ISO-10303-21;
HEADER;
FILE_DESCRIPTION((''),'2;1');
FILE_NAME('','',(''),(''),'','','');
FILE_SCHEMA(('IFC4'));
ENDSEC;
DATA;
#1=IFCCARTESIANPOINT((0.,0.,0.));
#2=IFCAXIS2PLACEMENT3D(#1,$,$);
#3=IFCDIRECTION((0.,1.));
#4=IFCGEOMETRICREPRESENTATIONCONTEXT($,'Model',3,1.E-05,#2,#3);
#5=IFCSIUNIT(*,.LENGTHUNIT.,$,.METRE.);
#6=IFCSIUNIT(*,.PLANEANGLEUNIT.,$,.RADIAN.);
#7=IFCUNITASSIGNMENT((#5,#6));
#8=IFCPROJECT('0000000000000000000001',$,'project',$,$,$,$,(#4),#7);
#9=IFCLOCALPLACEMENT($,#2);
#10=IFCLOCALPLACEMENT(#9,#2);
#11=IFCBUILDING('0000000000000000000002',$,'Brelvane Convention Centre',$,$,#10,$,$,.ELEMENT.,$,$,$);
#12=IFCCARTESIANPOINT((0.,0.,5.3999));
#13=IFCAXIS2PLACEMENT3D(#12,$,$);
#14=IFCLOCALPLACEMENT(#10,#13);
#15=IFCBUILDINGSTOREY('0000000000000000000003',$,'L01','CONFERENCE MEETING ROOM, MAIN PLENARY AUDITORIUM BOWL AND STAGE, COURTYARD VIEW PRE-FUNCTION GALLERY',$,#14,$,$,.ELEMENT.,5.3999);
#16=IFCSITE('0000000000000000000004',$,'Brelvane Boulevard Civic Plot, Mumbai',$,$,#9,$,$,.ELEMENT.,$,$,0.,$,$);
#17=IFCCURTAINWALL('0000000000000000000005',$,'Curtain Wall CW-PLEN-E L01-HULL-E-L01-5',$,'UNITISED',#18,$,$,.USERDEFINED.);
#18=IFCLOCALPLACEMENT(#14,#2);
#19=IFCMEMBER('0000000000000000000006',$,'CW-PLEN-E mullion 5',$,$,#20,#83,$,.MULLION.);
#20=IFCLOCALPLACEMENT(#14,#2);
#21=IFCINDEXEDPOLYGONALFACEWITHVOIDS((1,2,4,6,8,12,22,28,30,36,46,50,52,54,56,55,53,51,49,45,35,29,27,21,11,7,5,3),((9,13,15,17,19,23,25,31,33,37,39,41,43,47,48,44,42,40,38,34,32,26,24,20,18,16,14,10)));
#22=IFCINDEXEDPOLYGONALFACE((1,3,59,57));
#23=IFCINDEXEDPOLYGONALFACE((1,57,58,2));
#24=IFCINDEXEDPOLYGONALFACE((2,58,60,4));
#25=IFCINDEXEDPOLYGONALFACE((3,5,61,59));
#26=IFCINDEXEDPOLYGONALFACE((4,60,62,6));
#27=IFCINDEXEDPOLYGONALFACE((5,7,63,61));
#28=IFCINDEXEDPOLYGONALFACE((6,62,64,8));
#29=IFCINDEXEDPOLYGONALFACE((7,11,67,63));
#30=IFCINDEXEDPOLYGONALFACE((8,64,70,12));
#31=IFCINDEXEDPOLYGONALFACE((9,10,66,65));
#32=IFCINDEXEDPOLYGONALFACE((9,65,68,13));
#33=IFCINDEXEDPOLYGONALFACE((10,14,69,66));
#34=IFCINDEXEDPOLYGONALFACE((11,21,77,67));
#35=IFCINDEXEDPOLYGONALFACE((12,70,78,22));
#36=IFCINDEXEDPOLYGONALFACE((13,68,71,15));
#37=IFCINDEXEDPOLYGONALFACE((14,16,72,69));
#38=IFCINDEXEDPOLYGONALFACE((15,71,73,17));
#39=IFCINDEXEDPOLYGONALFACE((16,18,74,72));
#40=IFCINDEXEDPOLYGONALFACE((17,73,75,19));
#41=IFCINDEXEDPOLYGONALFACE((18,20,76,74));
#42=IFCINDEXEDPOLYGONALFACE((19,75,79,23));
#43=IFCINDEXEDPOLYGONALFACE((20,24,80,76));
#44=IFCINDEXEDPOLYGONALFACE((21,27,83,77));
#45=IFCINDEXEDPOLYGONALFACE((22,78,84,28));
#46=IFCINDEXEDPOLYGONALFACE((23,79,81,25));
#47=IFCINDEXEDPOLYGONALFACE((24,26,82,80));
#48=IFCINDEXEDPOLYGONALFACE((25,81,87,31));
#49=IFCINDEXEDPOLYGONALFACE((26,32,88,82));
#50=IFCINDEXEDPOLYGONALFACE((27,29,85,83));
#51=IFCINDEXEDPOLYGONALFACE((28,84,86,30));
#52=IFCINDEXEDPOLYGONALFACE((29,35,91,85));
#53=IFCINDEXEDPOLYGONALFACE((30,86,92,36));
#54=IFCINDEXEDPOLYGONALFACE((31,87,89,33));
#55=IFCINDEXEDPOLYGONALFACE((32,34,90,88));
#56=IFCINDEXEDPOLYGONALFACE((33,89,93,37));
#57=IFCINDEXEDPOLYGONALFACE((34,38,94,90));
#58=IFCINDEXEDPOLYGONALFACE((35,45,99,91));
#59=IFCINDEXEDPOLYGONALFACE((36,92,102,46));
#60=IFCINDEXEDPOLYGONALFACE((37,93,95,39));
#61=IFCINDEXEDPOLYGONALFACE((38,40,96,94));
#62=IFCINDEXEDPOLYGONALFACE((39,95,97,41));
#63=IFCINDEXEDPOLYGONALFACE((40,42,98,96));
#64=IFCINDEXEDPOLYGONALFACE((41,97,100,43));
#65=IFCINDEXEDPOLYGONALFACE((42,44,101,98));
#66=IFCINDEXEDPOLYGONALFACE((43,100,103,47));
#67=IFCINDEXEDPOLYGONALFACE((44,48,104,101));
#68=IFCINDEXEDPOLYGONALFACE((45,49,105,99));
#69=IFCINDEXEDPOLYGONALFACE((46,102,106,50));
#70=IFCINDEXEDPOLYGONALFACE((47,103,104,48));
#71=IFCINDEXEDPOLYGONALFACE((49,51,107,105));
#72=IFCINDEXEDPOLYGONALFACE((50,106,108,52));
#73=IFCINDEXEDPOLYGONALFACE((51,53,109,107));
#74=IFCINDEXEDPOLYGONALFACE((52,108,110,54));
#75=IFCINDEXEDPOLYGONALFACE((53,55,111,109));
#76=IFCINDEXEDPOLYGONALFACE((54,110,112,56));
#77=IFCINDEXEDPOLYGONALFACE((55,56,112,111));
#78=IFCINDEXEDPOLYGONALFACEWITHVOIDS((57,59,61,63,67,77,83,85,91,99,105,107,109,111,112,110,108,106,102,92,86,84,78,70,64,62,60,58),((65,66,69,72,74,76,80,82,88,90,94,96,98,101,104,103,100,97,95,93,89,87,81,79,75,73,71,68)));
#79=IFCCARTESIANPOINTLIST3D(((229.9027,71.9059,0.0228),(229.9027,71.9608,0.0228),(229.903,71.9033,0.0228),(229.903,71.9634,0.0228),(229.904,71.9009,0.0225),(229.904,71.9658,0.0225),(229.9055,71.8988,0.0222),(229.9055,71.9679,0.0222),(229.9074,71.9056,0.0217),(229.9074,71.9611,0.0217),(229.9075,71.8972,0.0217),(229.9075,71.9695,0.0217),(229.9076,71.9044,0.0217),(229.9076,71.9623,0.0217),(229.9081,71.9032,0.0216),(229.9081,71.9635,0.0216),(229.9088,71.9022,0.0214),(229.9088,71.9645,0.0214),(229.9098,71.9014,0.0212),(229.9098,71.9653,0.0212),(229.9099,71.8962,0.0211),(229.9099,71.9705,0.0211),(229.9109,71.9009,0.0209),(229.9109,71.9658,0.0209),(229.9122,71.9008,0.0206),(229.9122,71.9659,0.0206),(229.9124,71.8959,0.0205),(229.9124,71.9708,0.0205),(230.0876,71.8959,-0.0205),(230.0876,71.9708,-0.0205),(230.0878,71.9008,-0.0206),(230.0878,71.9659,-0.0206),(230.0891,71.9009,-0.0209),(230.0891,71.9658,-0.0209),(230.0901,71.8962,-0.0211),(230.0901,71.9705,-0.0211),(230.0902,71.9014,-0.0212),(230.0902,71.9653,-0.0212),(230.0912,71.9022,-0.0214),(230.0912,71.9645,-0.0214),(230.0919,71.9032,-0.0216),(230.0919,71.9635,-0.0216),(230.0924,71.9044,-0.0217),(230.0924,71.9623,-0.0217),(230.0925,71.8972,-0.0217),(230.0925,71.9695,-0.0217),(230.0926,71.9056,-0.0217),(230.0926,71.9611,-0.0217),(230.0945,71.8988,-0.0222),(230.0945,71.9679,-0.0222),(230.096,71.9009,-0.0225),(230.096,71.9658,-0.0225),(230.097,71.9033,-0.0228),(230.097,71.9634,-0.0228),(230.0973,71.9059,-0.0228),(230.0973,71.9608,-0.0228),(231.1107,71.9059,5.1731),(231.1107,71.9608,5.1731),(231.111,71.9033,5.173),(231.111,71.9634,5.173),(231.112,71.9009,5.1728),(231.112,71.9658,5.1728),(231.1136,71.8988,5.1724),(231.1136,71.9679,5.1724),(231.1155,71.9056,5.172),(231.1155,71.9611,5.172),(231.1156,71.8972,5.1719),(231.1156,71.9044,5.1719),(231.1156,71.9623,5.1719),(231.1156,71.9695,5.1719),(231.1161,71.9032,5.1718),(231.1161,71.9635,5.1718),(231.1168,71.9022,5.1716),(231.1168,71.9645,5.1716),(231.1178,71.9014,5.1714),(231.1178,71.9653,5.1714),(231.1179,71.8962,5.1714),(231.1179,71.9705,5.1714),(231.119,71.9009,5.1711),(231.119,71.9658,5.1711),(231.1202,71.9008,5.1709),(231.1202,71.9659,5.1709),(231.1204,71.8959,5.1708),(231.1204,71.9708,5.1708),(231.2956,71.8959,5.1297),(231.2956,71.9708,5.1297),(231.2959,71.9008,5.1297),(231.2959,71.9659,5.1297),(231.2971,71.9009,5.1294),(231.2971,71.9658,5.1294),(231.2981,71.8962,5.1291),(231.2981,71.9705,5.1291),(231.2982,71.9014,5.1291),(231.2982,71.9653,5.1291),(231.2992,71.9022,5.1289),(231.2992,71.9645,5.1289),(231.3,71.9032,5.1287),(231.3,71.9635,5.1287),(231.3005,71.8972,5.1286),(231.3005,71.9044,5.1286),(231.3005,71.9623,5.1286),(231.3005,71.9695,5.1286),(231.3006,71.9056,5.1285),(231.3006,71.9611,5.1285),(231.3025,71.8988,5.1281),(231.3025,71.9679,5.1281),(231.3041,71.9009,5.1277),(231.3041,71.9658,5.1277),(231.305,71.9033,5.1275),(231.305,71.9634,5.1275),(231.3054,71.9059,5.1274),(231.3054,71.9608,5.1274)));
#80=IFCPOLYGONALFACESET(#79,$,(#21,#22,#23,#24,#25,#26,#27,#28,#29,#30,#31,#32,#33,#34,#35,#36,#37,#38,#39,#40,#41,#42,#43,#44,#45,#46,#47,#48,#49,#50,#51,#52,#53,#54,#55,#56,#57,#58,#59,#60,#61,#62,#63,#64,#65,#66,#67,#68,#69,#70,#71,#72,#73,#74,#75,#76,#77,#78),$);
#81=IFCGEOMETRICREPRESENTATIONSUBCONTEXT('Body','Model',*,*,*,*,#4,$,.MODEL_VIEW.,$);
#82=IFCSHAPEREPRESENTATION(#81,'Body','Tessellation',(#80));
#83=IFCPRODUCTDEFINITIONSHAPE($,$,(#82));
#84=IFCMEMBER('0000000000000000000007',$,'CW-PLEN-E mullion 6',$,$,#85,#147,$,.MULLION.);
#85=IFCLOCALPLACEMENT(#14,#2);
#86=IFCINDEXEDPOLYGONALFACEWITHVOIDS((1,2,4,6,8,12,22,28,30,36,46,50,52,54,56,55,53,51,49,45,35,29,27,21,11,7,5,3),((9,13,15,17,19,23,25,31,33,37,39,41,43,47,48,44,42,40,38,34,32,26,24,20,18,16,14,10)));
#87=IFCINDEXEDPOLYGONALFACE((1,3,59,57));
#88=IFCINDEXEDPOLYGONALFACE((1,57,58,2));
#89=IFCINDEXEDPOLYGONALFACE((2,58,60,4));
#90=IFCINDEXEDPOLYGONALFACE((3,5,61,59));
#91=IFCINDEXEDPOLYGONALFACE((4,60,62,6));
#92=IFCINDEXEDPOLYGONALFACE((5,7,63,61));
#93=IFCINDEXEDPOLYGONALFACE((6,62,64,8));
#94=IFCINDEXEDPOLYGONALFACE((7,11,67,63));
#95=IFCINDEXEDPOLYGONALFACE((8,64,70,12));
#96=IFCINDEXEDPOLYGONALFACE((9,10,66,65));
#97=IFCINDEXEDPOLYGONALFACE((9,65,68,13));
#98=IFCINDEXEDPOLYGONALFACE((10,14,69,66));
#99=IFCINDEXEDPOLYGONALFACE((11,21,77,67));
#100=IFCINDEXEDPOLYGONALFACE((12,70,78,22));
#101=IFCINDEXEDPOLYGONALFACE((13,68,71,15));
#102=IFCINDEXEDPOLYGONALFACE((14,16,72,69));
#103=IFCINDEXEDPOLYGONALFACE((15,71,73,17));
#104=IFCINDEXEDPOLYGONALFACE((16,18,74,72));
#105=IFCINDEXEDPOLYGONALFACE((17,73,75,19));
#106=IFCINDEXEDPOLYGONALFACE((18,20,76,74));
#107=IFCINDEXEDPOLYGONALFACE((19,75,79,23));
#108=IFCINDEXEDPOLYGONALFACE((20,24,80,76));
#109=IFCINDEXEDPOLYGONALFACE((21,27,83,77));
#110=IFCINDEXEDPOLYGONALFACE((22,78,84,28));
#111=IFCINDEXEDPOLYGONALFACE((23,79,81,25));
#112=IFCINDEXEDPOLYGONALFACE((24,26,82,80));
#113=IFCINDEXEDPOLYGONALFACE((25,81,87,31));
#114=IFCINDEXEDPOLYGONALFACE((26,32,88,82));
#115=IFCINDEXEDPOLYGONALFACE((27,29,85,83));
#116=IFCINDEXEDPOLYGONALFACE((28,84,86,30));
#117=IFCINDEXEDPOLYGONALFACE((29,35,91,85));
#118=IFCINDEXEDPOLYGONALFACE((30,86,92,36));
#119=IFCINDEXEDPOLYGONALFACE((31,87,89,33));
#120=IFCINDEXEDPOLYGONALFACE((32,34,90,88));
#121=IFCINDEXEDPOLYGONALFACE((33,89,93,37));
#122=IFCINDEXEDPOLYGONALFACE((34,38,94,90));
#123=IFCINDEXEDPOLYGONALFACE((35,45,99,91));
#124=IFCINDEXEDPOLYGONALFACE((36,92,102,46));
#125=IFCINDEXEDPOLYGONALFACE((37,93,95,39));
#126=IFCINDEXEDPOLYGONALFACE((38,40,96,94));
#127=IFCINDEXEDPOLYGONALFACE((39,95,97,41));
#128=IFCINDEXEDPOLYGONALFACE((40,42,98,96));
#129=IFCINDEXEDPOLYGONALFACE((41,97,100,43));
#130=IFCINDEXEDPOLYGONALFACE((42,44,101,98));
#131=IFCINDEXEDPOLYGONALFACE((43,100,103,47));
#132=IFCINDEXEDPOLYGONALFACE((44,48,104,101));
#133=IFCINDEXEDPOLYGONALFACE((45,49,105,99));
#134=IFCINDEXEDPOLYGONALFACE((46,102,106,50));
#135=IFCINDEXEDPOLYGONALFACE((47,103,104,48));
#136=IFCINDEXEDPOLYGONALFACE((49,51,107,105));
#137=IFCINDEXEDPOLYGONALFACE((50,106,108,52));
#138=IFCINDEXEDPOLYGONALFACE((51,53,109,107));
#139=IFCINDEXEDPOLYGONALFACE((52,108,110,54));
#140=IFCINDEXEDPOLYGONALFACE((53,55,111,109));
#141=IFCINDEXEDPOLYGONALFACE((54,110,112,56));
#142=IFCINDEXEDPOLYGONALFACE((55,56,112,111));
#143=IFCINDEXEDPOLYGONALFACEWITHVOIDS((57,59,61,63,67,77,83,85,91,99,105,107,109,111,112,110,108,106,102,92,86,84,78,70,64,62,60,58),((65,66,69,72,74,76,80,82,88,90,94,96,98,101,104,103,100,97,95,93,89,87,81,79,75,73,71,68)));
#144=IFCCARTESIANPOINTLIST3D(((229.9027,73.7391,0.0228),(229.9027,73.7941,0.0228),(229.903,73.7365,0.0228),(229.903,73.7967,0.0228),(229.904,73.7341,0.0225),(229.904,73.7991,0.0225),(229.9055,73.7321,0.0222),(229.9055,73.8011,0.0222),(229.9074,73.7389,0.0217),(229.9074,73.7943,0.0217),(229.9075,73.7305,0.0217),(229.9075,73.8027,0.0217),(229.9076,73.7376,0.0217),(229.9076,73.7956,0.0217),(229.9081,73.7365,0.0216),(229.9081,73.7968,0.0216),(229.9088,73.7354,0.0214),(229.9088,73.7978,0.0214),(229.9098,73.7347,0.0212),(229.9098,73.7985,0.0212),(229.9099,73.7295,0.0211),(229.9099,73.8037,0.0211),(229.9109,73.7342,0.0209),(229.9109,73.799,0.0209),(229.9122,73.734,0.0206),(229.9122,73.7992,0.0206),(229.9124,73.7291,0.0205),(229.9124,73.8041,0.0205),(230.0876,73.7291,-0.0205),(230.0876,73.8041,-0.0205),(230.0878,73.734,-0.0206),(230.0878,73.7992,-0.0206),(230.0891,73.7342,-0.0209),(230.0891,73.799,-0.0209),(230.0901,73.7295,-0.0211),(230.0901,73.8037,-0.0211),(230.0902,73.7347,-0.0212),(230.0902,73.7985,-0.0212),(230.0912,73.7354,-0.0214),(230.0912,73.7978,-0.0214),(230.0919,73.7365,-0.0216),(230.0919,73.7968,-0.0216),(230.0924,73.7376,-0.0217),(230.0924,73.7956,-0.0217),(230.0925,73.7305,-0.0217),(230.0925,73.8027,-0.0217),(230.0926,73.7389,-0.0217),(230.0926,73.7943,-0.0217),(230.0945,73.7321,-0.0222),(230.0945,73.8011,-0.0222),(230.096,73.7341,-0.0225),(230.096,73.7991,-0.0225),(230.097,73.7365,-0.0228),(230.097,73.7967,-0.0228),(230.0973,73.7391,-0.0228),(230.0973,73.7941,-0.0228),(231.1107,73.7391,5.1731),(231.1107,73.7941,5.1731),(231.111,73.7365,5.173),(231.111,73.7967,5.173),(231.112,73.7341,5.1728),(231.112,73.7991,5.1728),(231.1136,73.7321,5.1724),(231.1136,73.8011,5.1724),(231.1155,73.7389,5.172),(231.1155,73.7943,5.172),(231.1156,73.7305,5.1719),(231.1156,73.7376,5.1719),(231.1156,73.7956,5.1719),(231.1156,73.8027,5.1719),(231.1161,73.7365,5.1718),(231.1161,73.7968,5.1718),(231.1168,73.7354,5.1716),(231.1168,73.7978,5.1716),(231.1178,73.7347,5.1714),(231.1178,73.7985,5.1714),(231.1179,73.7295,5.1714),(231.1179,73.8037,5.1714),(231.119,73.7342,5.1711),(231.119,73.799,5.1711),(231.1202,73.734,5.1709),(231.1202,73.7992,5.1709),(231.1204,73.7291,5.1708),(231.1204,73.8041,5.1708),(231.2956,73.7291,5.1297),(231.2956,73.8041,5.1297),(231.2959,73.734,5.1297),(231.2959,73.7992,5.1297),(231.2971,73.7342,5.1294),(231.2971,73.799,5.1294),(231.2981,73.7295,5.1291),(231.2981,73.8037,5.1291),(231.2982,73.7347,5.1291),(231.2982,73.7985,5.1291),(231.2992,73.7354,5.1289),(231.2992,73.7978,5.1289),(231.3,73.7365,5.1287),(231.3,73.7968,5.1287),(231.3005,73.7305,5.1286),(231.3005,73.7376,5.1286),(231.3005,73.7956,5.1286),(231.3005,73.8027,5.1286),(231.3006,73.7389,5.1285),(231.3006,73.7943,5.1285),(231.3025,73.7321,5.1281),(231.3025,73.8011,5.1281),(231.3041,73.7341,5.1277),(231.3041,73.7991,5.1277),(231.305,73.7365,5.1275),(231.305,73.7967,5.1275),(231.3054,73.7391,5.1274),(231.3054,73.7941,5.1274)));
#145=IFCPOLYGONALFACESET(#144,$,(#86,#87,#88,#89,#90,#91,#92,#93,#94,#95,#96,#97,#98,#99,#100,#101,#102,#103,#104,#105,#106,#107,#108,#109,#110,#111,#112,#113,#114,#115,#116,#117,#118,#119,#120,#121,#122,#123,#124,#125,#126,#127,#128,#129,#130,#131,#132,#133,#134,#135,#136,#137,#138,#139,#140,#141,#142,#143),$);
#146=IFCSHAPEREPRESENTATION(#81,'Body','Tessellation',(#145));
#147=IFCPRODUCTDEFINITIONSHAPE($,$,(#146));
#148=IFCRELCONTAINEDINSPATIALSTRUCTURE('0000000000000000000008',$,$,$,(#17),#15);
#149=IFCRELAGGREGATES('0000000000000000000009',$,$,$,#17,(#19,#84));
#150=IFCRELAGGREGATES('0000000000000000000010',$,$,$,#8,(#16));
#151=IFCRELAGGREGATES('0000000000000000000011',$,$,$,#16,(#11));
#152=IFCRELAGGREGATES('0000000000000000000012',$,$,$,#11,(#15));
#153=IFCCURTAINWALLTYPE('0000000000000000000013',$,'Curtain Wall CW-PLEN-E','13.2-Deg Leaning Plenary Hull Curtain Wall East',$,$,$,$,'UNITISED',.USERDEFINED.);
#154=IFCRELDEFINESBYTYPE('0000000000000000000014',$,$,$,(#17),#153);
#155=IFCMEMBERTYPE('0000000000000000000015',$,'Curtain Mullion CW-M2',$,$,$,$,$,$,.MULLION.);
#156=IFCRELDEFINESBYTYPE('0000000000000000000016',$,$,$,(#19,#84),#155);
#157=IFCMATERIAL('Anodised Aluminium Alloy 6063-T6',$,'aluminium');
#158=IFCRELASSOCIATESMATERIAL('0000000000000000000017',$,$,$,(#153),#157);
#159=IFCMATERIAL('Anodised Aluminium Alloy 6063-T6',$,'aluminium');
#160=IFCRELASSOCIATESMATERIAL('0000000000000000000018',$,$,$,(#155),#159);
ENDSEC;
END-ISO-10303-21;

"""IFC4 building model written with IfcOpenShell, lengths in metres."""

from ifc_helpers import new_model, si_unit, direction, frame, origin, origin_2d, place, context, subcontext, project, spatial, hollow_rectangle, extrude, material, material_profile, profile_set, type_object, element, aggregate, save


model = new_model("IFC4")

# Units and contexts
model_context = context("Model", 3, precision=1e-05, world=origin(), true_north=direction((0.0, 1.0)))
body_context = subcontext(model_context, "Body", "Model", "MODEL_VIEW")
ifc_project = project(units=[si_unit("LENGTHUNIT", "METRE"), si_unit("PLANEANGLEUNIT", "RADIAN")], contexts=[model_context])

# Site, building, storey
site_placement = place(None, origin())
site = spatial("IfcSite", under=ifc_project, at=site_placement, Name="Brelvane Boulevard Civic Plot, Mumbai", CompositionType="ELEMENT", RefElevation=0.0)
building_placement = place(site_placement, origin())
building = spatial("IfcBuilding", under=site, at=building_placement, Name="Brelvane Convention Centre", CompositionType="ELEMENT")
storey_placement = place(building_placement, frame((0.0, 0.0, 5.3999)))
storey = spatial("IfcBuildingStorey", under=building, at=storey_placement, Name="L01", Description="CONFERENCE MEETING ROOM, MAIN PLENARY AUDITORIUM BOWL AND STAGE, COURTYARD VIEW PRE-FUNCTION GALLERY", CompositionType="ELEMENT", Elevation=5.3999)

# Curtain wall, members
ifc_material_1 = material(Name="Anodised Aluminium Alloy 6063-T6", Category="aluminium")
curtain_wall_type = type_object("IfcCurtainWallType", Name="Curtain Wall CW-PLEN-E", Description="13.2-Deg Leaning Plenary Hull Curtain Wall East", ElementType="UNITISED", PredefinedType="USERDEFINED", material=ifc_material_1)
ifc_material_2 = material(Name="Anodised Aluminium Alloy 6063-T6", Category="aluminium")
ifc_material_profile_1 = material_profile(ifc_material_2, hollow_rectangle(XDim=0.075, YDim=0.2, WallThickness=0.0049, InnerFilletRadius=0.0049, OuterFilletRadius=0.01, at=origin_2d()), Name="ALU-M 200x75x5.0")
ifc_profile_set_1 = profile_set([ifc_material_profile_1], Name="Anodised Aluminium Alloy 6063-T6")
member_type_1 = type_object("IfcMemberType", Name="Curtain Mullion CW-M2", PredefinedType="MULLION", material=ifc_profile_set_1)
curtain_wall_1_placement = place(storey_placement, origin())
curtain_wall_1 = element("IfcCurtainWall", 1, at=curtain_wall_1_placement, inside=storey, type_object=curtain_wall_type, Name="Curtain Wall CW-PLEN-E L01-HULL-E-L01-5", ObjectType="UNITISED", PredefinedType="USERDEFINED")
member_1_placement = place(storey_placement, frame((230.0, 71.9333, 0.0), z_axis=(0.22836, 0.0, 0.973577), x_axis=(0.0, 1.0, 0.0)))
member_1 = element("IfcMember", 2, at=member_1_placement, type_object=member_type_1, Name="CW-PLEN-E mullion 5", PredefinedType="MULLION", context=body_context, shape_type="SweptSolid", body=[
    extrude(hollow_rectangle(XDim=0.075, YDim=0.2, WallThickness=0.0049, InnerFilletRadius=0.0049, OuterFilletRadius=0.01, at=origin_2d()), origin(), (0.0, 0.0, 1.0), 5.29),
])
member_2_placement = place(storey_placement, frame((230.0, 73.7666, 0.0), z_axis=(0.22836, 0.0, 0.973577), x_axis=(0.0, 1.0, 0.0)))
member_2 = element("IfcMember", 3, at=member_2_placement, type_object=member_type_1, Name="CW-PLEN-E mullion 6", PredefinedType="MULLION", context=body_context, shape_type="SweptSolid", body=[
    extrude(hollow_rectangle(XDim=0.075, YDim=0.2, WallThickness=0.0049, InnerFilletRadius=0.0049, OuterFilletRadius=0.01, at=origin_2d()), origin(), (0.0, 0.0, 1.0), 5.29),
])

aggregate(curtain_wall_1, [member_1, member_2])

save(model, "model.ifc")
